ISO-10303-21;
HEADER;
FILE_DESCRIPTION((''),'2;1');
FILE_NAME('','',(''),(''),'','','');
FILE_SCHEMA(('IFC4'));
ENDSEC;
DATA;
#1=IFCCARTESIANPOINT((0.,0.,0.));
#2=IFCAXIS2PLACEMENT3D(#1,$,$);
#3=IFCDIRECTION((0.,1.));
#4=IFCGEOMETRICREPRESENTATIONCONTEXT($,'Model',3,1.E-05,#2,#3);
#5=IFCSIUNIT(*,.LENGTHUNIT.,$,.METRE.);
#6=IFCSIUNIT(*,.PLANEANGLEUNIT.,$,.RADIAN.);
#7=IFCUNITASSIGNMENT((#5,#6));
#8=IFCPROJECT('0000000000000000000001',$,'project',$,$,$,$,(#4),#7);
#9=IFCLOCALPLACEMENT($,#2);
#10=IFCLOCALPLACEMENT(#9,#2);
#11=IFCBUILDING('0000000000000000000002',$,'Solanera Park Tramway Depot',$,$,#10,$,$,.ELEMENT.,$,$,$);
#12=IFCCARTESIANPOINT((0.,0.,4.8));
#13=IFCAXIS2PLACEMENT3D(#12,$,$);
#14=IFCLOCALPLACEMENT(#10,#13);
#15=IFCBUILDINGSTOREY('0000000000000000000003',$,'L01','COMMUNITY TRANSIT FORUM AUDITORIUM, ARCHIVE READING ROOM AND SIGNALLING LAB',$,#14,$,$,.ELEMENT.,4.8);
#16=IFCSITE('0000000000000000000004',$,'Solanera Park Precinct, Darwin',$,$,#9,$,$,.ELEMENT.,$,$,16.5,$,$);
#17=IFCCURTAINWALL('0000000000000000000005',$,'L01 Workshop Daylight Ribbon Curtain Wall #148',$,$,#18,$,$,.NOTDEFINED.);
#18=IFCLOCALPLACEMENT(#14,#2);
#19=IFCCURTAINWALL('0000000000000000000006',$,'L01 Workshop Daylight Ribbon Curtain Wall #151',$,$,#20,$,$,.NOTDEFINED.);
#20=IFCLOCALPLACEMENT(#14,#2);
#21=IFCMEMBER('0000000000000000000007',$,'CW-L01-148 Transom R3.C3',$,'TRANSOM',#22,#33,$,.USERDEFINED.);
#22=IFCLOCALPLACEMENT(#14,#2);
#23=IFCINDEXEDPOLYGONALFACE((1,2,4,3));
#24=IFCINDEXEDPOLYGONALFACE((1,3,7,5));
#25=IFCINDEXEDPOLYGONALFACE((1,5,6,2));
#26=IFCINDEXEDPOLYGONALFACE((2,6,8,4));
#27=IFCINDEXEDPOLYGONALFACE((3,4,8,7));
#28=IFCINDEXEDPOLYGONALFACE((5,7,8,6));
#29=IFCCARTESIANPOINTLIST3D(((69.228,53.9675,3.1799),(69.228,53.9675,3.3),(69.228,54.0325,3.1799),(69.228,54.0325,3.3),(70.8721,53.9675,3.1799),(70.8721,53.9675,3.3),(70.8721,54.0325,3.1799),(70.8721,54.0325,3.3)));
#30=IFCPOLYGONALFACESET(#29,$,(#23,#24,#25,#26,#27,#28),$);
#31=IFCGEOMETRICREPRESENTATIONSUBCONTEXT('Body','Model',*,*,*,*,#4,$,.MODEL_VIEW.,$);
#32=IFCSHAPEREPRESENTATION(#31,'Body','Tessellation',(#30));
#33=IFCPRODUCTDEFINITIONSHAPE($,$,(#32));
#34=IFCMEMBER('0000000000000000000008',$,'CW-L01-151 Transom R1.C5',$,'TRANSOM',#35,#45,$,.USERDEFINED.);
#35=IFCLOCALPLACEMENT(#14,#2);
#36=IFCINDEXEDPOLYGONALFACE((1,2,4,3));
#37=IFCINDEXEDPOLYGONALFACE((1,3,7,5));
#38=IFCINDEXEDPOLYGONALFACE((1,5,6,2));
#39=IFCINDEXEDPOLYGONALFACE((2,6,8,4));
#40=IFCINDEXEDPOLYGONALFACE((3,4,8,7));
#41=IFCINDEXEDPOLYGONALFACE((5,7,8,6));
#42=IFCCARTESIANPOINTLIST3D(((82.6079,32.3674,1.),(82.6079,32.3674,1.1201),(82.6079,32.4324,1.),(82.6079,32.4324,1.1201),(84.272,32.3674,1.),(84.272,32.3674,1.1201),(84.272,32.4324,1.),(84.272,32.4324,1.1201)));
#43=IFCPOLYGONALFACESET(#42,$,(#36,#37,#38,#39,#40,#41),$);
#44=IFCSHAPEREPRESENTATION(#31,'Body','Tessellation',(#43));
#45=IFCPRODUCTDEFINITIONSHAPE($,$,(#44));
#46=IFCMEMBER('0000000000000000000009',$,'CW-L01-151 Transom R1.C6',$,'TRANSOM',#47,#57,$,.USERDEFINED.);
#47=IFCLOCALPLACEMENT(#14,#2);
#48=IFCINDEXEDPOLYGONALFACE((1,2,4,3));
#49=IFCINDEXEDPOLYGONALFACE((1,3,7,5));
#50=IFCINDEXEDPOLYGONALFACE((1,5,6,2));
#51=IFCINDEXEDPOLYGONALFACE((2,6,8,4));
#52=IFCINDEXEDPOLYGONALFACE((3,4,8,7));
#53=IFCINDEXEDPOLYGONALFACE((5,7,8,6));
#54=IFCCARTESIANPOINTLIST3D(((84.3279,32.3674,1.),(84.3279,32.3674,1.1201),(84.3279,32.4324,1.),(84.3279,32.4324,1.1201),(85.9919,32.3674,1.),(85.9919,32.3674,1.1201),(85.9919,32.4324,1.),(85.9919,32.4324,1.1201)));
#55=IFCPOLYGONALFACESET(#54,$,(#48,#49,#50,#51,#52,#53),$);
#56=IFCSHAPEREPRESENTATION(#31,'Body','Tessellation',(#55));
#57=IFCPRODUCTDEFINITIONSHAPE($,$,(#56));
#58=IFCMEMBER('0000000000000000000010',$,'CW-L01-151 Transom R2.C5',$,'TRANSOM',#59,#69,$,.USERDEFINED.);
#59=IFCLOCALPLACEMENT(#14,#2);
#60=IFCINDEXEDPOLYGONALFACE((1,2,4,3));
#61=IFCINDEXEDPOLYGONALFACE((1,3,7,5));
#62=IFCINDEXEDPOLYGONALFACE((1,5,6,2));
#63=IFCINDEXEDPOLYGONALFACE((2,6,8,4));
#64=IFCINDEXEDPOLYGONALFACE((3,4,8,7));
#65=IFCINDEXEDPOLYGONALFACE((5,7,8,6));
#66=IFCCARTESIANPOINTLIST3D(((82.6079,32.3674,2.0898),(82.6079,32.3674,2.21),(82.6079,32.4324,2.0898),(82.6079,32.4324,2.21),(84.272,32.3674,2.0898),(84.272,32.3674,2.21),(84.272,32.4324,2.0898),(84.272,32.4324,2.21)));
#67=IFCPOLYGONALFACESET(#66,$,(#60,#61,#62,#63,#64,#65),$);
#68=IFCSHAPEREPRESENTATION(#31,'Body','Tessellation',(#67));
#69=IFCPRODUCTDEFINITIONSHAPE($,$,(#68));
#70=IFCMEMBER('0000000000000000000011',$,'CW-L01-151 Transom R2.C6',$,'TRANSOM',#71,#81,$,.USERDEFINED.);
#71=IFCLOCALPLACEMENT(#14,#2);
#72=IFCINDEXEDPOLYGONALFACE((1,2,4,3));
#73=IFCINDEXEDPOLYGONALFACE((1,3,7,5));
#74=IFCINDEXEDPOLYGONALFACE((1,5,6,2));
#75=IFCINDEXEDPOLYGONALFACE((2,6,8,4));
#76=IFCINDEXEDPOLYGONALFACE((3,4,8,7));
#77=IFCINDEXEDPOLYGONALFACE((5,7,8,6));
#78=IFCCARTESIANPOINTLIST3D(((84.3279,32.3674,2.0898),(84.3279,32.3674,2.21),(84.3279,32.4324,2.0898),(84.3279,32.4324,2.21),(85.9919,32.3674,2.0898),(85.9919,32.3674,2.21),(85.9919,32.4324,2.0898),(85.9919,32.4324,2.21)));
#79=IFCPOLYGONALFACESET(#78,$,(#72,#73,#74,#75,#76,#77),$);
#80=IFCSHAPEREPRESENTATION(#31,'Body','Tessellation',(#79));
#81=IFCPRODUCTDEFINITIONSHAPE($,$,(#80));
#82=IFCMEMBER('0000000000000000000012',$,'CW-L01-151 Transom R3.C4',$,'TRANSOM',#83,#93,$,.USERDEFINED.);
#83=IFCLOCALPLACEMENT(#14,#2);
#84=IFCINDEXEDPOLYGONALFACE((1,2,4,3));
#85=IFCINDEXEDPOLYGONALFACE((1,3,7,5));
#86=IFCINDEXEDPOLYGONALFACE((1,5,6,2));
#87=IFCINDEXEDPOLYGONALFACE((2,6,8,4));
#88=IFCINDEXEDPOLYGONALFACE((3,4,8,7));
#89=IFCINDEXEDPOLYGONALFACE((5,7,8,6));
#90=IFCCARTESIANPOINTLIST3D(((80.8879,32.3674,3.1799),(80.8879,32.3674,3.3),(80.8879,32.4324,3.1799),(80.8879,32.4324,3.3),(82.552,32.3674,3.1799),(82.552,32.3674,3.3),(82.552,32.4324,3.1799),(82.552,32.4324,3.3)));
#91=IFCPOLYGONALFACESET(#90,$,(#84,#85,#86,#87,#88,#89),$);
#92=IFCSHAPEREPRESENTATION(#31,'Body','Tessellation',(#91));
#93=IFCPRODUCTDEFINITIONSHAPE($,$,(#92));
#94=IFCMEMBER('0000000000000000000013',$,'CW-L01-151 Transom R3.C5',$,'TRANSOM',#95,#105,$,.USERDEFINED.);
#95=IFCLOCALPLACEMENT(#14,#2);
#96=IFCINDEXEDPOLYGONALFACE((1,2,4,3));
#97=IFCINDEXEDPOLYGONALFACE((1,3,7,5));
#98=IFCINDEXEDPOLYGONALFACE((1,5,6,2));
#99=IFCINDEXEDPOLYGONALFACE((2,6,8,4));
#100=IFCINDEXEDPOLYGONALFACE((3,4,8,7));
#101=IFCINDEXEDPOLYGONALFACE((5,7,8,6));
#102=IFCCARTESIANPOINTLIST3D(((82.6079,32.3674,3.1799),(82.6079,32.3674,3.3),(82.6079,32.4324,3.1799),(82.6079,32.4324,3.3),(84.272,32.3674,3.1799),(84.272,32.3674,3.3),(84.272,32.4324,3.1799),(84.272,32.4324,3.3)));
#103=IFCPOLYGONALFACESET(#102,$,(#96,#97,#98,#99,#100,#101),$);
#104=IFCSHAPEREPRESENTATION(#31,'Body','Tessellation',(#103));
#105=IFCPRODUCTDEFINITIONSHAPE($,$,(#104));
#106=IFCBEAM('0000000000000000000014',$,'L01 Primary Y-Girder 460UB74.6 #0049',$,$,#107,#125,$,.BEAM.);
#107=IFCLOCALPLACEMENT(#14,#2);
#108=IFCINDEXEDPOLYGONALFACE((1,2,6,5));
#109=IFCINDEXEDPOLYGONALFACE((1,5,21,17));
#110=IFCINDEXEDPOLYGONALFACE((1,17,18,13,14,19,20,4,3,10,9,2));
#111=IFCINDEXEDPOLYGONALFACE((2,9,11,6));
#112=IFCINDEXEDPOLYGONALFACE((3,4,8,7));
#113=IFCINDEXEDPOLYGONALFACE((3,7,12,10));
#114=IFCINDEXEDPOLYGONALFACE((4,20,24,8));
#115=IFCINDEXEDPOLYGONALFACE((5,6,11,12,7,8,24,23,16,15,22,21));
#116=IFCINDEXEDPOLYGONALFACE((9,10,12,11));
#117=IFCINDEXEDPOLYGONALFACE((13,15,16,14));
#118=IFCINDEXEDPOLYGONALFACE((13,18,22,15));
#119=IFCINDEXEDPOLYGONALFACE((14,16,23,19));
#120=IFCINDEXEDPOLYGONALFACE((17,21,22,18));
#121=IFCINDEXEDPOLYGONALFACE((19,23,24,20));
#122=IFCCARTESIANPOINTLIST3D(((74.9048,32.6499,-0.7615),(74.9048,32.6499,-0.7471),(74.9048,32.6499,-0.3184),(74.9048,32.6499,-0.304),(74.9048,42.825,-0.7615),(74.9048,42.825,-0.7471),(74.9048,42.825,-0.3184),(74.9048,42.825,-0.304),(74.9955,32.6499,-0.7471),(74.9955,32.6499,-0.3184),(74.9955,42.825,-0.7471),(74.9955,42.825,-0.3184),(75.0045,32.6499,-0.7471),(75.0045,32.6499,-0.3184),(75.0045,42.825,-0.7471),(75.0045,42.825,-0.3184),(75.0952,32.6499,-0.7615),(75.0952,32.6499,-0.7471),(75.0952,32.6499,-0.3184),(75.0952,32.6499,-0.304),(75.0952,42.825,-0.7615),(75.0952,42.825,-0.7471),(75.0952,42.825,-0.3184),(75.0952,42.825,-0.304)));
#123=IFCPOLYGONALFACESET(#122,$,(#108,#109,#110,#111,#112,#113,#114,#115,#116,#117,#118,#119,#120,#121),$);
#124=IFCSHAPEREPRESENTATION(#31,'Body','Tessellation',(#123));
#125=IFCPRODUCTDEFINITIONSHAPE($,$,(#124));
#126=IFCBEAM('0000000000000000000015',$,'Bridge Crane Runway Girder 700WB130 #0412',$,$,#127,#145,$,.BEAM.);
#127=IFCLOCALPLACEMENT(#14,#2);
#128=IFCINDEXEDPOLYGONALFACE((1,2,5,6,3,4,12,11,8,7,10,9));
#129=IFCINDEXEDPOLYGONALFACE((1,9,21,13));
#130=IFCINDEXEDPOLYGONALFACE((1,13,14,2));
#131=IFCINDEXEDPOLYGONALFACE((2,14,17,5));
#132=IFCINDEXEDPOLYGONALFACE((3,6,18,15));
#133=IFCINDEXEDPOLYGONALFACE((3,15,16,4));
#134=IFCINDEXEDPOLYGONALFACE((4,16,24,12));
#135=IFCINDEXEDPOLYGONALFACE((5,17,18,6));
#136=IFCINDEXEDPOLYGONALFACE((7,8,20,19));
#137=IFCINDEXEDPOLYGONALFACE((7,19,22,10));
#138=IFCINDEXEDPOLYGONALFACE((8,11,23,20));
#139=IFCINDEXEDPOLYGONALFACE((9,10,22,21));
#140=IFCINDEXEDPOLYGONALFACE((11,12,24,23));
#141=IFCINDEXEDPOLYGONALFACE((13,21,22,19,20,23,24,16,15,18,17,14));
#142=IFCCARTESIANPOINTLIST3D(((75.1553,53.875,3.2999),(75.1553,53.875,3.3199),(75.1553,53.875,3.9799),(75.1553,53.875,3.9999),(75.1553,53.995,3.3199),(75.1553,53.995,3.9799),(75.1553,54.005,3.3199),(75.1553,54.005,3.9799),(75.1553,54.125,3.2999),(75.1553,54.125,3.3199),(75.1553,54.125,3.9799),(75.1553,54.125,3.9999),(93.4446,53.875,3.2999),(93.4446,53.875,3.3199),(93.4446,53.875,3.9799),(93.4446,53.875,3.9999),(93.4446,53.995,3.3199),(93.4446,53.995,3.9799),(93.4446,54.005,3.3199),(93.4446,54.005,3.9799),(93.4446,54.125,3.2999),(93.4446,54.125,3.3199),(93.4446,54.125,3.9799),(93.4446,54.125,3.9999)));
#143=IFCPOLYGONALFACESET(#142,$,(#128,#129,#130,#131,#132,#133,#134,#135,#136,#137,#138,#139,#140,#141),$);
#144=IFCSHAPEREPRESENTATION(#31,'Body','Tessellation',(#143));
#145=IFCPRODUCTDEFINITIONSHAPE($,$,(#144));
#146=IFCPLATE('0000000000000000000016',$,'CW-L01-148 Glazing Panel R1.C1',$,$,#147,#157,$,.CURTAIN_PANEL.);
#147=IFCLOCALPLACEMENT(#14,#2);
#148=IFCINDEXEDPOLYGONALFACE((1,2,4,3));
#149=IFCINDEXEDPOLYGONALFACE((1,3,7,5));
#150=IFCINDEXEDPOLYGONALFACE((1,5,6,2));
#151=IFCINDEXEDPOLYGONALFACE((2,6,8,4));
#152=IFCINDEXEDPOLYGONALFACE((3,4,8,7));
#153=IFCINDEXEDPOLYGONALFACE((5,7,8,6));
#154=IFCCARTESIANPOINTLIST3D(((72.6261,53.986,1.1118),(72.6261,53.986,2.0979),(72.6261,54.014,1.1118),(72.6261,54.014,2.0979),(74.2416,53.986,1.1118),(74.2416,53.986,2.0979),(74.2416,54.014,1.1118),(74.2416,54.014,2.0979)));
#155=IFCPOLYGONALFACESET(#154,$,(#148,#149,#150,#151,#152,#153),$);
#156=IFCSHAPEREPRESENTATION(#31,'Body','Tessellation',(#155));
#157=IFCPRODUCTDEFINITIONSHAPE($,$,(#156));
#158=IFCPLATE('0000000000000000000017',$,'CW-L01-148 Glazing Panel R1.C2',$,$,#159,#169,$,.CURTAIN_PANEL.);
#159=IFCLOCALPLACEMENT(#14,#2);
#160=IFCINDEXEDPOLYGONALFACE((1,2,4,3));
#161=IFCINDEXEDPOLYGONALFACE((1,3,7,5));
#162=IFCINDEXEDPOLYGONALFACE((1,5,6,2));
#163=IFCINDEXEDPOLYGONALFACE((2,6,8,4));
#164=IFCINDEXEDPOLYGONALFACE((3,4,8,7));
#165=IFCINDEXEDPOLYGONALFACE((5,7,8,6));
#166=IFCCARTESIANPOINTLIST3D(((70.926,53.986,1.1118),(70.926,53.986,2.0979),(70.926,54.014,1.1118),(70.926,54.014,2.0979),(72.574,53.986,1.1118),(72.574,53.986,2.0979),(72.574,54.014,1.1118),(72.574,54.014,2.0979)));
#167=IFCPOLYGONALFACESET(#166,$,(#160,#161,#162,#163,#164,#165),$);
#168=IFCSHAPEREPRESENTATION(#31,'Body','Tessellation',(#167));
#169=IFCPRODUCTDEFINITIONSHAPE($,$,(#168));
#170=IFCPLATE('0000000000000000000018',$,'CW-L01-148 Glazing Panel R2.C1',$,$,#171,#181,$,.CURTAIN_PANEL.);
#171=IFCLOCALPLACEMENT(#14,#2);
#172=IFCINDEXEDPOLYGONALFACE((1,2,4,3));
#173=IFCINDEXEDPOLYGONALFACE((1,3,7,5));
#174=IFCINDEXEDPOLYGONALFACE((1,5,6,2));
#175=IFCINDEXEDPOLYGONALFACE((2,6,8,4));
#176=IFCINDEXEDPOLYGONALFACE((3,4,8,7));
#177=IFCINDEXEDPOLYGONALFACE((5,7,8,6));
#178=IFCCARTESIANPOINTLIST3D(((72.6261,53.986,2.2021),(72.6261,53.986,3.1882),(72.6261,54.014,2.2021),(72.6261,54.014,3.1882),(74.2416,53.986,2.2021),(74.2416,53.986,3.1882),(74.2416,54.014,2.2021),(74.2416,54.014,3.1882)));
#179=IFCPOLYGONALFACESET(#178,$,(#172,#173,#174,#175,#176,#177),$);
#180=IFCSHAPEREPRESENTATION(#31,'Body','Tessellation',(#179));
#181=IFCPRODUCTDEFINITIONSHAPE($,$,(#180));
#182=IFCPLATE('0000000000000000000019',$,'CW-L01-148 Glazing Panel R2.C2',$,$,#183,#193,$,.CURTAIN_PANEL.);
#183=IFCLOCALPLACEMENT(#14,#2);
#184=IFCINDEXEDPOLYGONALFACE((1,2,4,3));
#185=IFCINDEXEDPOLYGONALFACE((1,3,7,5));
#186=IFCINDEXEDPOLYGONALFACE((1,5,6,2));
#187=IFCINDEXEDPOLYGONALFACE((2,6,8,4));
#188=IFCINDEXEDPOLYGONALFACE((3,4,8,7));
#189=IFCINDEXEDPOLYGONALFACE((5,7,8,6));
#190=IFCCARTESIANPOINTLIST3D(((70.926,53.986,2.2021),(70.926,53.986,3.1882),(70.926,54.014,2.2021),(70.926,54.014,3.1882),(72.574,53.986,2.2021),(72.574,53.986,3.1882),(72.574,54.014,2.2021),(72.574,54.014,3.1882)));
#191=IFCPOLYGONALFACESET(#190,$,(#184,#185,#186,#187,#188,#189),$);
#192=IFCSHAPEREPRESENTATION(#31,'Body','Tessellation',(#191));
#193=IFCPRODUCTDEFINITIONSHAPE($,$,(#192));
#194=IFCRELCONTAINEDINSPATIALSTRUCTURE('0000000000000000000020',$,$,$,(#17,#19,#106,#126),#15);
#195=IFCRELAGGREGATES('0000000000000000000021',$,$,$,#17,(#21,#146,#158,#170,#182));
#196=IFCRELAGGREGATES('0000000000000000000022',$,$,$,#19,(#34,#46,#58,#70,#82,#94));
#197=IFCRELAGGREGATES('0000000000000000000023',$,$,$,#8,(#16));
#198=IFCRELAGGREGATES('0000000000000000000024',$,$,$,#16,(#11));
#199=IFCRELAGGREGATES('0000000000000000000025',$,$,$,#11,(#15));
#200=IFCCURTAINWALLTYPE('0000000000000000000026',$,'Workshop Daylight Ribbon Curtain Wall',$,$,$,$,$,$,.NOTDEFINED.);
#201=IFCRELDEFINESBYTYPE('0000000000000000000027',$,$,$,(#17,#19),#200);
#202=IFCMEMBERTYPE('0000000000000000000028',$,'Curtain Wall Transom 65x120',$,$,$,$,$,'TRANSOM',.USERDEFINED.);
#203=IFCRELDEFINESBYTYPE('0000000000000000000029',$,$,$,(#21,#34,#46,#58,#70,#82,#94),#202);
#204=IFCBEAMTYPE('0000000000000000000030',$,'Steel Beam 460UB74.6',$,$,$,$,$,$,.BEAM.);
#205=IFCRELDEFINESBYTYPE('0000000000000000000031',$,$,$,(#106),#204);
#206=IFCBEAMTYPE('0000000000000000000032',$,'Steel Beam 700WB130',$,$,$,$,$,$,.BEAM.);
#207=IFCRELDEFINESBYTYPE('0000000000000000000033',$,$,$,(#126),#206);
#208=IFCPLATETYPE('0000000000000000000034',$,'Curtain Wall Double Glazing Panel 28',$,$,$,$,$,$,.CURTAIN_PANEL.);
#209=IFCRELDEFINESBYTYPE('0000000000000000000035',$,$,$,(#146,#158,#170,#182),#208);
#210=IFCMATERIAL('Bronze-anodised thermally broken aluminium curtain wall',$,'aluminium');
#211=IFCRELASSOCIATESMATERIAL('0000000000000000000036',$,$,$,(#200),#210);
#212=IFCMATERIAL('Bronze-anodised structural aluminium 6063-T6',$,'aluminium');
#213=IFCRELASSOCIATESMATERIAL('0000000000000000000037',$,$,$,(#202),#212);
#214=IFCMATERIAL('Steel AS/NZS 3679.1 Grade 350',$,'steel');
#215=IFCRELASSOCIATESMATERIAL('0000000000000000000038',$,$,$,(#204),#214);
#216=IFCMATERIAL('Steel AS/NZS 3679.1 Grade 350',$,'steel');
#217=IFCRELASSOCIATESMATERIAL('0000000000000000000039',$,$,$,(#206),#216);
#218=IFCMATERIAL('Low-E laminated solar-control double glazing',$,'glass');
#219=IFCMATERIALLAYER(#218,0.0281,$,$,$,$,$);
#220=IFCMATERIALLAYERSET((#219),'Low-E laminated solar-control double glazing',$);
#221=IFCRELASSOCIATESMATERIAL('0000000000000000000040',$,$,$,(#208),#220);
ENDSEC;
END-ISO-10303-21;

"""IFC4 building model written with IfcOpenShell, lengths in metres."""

from ifc_helpers import new_model, si_unit, direction, frame, origin, origin_2d, place, context, subcontext, project, spatial, rectangle, i_section, extrude, material, layer, layer_set, material_profile, profile_set, type_object, element, aggregate, save


model = new_model("IFC4")

# Units and contexts
model_context = context("Model", 3, precision=1e-05, world=origin(), true_north=direction((0.0, 1.0)))
body_context = subcontext(model_context, "Body", "Model", "MODEL_VIEW")
ifc_project = project(units=[si_unit("LENGTHUNIT", "METRE"), si_unit("PLANEANGLEUNIT", "RADIAN")], contexts=[model_context])

# Site, building, storey
site_placement = place(None, origin())
site = spatial("IfcSite", under=ifc_project, at=site_placement, Name="Solanera Park Precinct, Darwin", CompositionType="ELEMENT", RefElevation=16.5)
building_placement = place(site_placement, origin())
building = spatial("IfcBuilding", under=site, at=building_placement, Name="Solanera Park Tramway Depot", CompositionType="ELEMENT")
storey_placement = place(building_placement, frame((0.0, 0.0, 4.8)))
storey = spatial("IfcBuildingStorey", under=building, at=storey_placement, Name="L01", Description="COMMUNITY TRANSIT FORUM AUDITORIUM, ARCHIVE READING ROOM AND SIGNALLING LAB", CompositionType="ELEMENT", Elevation=4.8)

# Curtain walls
ifc_material_1 = material(Name="Bronze-anodised thermally broken aluminium curtain wall", Category="aluminium")
curtain_wall_type = type_object("IfcCurtainWallType", Name="Workshop Daylight Ribbon Curtain Wall", PredefinedType="NOTDEFINED", material=ifc_material_1)
curtain_wall_1_placement = place(storey_placement, origin())
curtain_wall_1 = element("IfcCurtainWall", 1, at=curtain_wall_1_placement, inside=storey, type_object=curtain_wall_type, Name="L01 Workshop Daylight Ribbon Curtain Wall #148", PredefinedType="NOTDEFINED")
curtain_wall_2_placement = place(storey_placement, origin())
curtain_wall_2 = element("IfcCurtainWall", 2, at=curtain_wall_2_placement, inside=storey, type_object=curtain_wall_type, Name="L01 Workshop Daylight Ribbon Curtain Wall #151", PredefinedType="NOTDEFINED")

# Members
ifc_material_2 = material(Name="Bronze-anodised structural aluminium 6063-T6", Category="aluminium")
ifc_material_profile_1 = material_profile(ifc_material_2, rectangle(XDim=0.0649, YDim=0.1201, at=origin_2d()), Name="Curtain Wall Transom 65x120")
ifc_profile_set_1 = profile_set([ifc_material_profile_1], Name="Bronze-anodised structural aluminium 6063-T6")
member_type_1 = type_object("IfcMemberType", Name="Curtain Wall Transom 65x120", ElementType="TRANSOM", PredefinedType="USERDEFINED", material=ifc_profile_set_1)
member_1_placement = place(storey_placement, frame((70.8721, 54.0, 3.24), z_axis=(-1.0, 0.0, 0.0), x_axis=(0.0, -1.0, 0.0)))
member_1 = element("IfcMember", 3, at=member_1_placement, type_object=member_type_1, Name="CW-L01-148 Transom R3.C3", ObjectType="TRANSOM", PredefinedType="USERDEFINED", context=body_context, shape_type="SweptSolid", body=[
    extrude(rectangle(XDim=0.0649, YDim=0.1201, at=origin_2d()), origin(), (0.0, 0.0, 1.0), 1.644),
])
member_2_placement = place(storey_placement, frame((82.6079, 32.3999, 1.0601), z_axis=(1.0, 0.0, 0.0), x_axis=(0.0, 1.0, 0.0)))
member_2 = element("IfcMember", 4, at=member_2_placement, type_object=member_type_1, Name="CW-L01-151 Transom R1.C5", ObjectType="TRANSOM", PredefinedType="USERDEFINED", context=body_context, shape_type="SweptSolid", body=[
    extrude(rectangle(XDim=0.0649, YDim=0.1201, at=origin_2d()), origin(), (0.0, 0.0, 1.0), 1.6641),
])
member_3_placement = place(storey_placement, frame((84.3279, 32.3999, 1.0601), z_axis=(1.0, 0.0, 0.0), x_axis=(0.0, 1.0, 0.0)))
member_3 = element("IfcMember", 5, at=member_3_placement, type_object=member_type_1, Name="CW-L01-151 Transom R1.C6", ObjectType="TRANSOM", PredefinedType="USERDEFINED", context=body_context, shape_type="SweptSolid", body=[
    extrude(rectangle(XDim=0.0649, YDim=0.1201, at=origin_2d()), origin(), (0.0, 0.0, 1.0), 1.6641),
])
member_4_placement = place(storey_placement, frame((82.6079, 32.3999, 2.1499), z_axis=(1.0, 0.0, 0.0), x_axis=(0.0, 1.0, 0.0)))
member_4 = element("IfcMember", 6, at=member_4_placement, type_object=member_type_1, Name="CW-L01-151 Transom R2.C5", ObjectType="TRANSOM", PredefinedType="USERDEFINED", context=body_context, shape_type="SweptSolid", body=[
    extrude(rectangle(XDim=0.0649, YDim=0.1201, at=origin_2d()), origin(), (0.0, 0.0, 1.0), 1.6641),
])
member_5_placement = place(storey_placement, frame((84.3279, 32.3999, 2.1499), z_axis=(1.0, 0.0, 0.0), x_axis=(0.0, 1.0, 0.0)))
member_5 = element("IfcMember", 7, at=member_5_placement, type_object=member_type_1, Name="CW-L01-151 Transom R2.C6", ObjectType="TRANSOM", PredefinedType="USERDEFINED", context=body_context, shape_type="SweptSolid", body=[
    extrude(rectangle(XDim=0.0649, YDim=0.1201, at=origin_2d()), origin(), (0.0, 0.0, 1.0), 1.6641),
])
member_6_placement = place(storey_placement, frame((80.8879, 32.3999, 3.24), z_axis=(1.0, 0.0, 0.0), x_axis=(0.0, 1.0, 0.0)))
member_6 = element("IfcMember", 8, at=member_6_placement, type_object=member_type_1, Name="CW-L01-151 Transom R3.C4", ObjectType="TRANSOM", PredefinedType="USERDEFINED", context=body_context, shape_type="SweptSolid", body=[
    extrude(rectangle(XDim=0.0649, YDim=0.1201, at=origin_2d()), origin(), (0.0, 0.0, 1.0), 1.6641),
])
member_7_placement = place(storey_placement, frame((82.6079, 32.3999, 3.24), z_axis=(1.0, 0.0, 0.0), x_axis=(0.0, 1.0, 0.0)))
member_7 = element("IfcMember", 9, at=member_7_placement, type_object=member_type_1, Name="CW-L01-151 Transom R3.C5", ObjectType="TRANSOM", PredefinedType="USERDEFINED", context=body_context, shape_type="SweptSolid", body=[
    extrude(rectangle(XDim=0.0649, YDim=0.1201, at=origin_2d()), origin(), (0.0, 0.0, 1.0), 1.6641),
])

# Beams
ifc_material_3 = material(Name="Steel AS/NZS 3679.1 Grade 350", Category="steel")
ifc_material_profile_2 = material_profile(ifc_material_3, i_section(OverallWidth=0.1904, OverallDepth=0.4575, WebThickness=0.009, FlangeThickness=0.0144, at=origin_2d()), Name="460UB74.6")
ifc_profile_set_2 = profile_set([ifc_material_profile_2], Name="Steel AS/NZS 3679.1 Grade 350")
beam_type_1 = type_object("IfcBeamType", Name="Steel Beam 460UB74.6", PredefinedType="BEAM", material=ifc_profile_set_2)
beam_1_placement = place(storey_placement, frame((75.0, 32.6499, -0.5327), z_axis=(0.0, 1.0, 0.0), x_axis=(-1.0, 0.0, 0.0)))
element("IfcBeam", 10, at=beam_1_placement, inside=storey, type_object=beam_type_1, Name="L01 Primary Y-Girder 460UB74.6 #0049", PredefinedType="BEAM", context=body_context, shape_type="SweptSolid", body=[
    extrude(i_section(OverallWidth=0.1904, OverallDepth=0.4575, WebThickness=0.009, FlangeThickness=0.0144, at=origin_2d()), origin(), (0.0, 0.0, 1.0), 10.175),
])
ifc_material_4 = material(Name="Steel AS/NZS 3679.1 Grade 350", Category="steel")
ifc_material_profile_3 = material_profile(ifc_material_4, i_section(OverallWidth=0.25, OverallDepth=0.7, WebThickness=0.01, FlangeThickness=0.02, at=origin_2d()), Name="700WB130")
ifc_profile_set_3 = profile_set([ifc_material_profile_3], Name="Steel AS/NZS 3679.1 Grade 350")
beam_type_2 = type_object("IfcBeamType", Name="Steel Beam 700WB130", PredefinedType="BEAM", material=ifc_profile_set_3)
beam_2_placement = place(storey_placement, frame((75.1553, 54.0, 3.6499), z_axis=(1.0, 0.0, 0.0), x_axis=(0.0, 1.0, 0.0)))
element("IfcBeam", 11, at=beam_2_placement, inside=storey, type_object=beam_type_2, Name="Bridge Crane Runway Girder 700WB130 #0412", PredefinedType="BEAM", context=body_context, shape_type="SweptSolid", body=[
    extrude(i_section(OverallWidth=0.25, OverallDepth=0.7, WebThickness=0.01, FlangeThickness=0.02, at=origin_2d()), origin(), (0.0, 0.0, 1.0), 18.2893),
])

# Plates
ifc_material_5 = material(Name="Low-E laminated solar-control double glazing", Category="glass")
ifc_layer = layer(ifc_material_5, 0.0281)
ifc_layer_set = layer_set([ifc_layer], Name="Low-E laminated solar-control double glazing")
plate_type = type_object("IfcPlateType", Name="Curtain Wall Double Glazing Panel 28", PredefinedType="CURTAIN_PANEL", material=ifc_layer_set)
plate_1_placement = place(storey_placement, frame((73.4338, 54.0, 1.1118), z_axis=(0.0, 0.0, 1.0), x_axis=(-1.0, 0.0, 0.0)))
plate_1 = element("IfcPlate", 12, at=plate_1_placement, type_object=plate_type, Name="CW-L01-148 Glazing Panel R1.C1", PredefinedType="CURTAIN_PANEL", context=body_context, shape_type="SweptSolid", body=[
    extrude(rectangle(XDim=1.6155, YDim=0.0281, at=origin_2d()), origin(), (0.0, 0.0, 1.0), 0.9861),
])
plate_2_placement = place(storey_placement, frame((71.75, 54.0, 1.1118), z_axis=(0.0, 0.0, 1.0), x_axis=(-1.0, 0.0, 0.0)))
plate_2 = element("IfcPlate", 13, at=plate_2_placement, type_object=plate_type, Name="CW-L01-148 Glazing Panel R1.C2", PredefinedType="CURTAIN_PANEL", context=body_context, shape_type="SweptSolid", body=[
    extrude(rectangle(XDim=1.6479, YDim=0.0281, at=origin_2d()), origin(), (0.0, 0.0, 1.0), 0.9861),
])
plate_3_placement = place(storey_placement, frame((73.4338, 54.0, 2.2021), z_axis=(0.0, 0.0, 1.0), x_axis=(-1.0, 0.0, 0.0)))
plate_3 = element("IfcPlate", 14, at=plate_3_placement, type_object=plate_type, Name="CW-L01-148 Glazing Panel R2.C1", PredefinedType="CURTAIN_PANEL", context=body_context, shape_type="SweptSolid", body=[
    extrude(rectangle(XDim=1.6155, YDim=0.0281, at=origin_2d()), origin(), (0.0, 0.0, 1.0), 0.9861),
])
plate_4_placement = place(storey_placement, frame((71.75, 54.0, 2.2021), z_axis=(0.0, 0.0, 1.0), x_axis=(-1.0, 0.0, 0.0)))
plate_4 = element("IfcPlate", 15, at=plate_4_placement, type_object=plate_type, Name="CW-L01-148 Glazing Panel R2.C2", PredefinedType="CURTAIN_PANEL", context=body_context, shape_type="SweptSolid", body=[
    extrude(rectangle(XDim=1.6479, YDim=0.0281, at=origin_2d()), origin(), (0.0, 0.0, 1.0), 0.9861),
])
aggregate(curtain_wall_1, [member_1, plate_1, plate_2, plate_3, plate_4])
aggregate(curtain_wall_2, [member_2, member_3, member_4, member_5, member_6, member_7])

save(model, "model.ifc")
